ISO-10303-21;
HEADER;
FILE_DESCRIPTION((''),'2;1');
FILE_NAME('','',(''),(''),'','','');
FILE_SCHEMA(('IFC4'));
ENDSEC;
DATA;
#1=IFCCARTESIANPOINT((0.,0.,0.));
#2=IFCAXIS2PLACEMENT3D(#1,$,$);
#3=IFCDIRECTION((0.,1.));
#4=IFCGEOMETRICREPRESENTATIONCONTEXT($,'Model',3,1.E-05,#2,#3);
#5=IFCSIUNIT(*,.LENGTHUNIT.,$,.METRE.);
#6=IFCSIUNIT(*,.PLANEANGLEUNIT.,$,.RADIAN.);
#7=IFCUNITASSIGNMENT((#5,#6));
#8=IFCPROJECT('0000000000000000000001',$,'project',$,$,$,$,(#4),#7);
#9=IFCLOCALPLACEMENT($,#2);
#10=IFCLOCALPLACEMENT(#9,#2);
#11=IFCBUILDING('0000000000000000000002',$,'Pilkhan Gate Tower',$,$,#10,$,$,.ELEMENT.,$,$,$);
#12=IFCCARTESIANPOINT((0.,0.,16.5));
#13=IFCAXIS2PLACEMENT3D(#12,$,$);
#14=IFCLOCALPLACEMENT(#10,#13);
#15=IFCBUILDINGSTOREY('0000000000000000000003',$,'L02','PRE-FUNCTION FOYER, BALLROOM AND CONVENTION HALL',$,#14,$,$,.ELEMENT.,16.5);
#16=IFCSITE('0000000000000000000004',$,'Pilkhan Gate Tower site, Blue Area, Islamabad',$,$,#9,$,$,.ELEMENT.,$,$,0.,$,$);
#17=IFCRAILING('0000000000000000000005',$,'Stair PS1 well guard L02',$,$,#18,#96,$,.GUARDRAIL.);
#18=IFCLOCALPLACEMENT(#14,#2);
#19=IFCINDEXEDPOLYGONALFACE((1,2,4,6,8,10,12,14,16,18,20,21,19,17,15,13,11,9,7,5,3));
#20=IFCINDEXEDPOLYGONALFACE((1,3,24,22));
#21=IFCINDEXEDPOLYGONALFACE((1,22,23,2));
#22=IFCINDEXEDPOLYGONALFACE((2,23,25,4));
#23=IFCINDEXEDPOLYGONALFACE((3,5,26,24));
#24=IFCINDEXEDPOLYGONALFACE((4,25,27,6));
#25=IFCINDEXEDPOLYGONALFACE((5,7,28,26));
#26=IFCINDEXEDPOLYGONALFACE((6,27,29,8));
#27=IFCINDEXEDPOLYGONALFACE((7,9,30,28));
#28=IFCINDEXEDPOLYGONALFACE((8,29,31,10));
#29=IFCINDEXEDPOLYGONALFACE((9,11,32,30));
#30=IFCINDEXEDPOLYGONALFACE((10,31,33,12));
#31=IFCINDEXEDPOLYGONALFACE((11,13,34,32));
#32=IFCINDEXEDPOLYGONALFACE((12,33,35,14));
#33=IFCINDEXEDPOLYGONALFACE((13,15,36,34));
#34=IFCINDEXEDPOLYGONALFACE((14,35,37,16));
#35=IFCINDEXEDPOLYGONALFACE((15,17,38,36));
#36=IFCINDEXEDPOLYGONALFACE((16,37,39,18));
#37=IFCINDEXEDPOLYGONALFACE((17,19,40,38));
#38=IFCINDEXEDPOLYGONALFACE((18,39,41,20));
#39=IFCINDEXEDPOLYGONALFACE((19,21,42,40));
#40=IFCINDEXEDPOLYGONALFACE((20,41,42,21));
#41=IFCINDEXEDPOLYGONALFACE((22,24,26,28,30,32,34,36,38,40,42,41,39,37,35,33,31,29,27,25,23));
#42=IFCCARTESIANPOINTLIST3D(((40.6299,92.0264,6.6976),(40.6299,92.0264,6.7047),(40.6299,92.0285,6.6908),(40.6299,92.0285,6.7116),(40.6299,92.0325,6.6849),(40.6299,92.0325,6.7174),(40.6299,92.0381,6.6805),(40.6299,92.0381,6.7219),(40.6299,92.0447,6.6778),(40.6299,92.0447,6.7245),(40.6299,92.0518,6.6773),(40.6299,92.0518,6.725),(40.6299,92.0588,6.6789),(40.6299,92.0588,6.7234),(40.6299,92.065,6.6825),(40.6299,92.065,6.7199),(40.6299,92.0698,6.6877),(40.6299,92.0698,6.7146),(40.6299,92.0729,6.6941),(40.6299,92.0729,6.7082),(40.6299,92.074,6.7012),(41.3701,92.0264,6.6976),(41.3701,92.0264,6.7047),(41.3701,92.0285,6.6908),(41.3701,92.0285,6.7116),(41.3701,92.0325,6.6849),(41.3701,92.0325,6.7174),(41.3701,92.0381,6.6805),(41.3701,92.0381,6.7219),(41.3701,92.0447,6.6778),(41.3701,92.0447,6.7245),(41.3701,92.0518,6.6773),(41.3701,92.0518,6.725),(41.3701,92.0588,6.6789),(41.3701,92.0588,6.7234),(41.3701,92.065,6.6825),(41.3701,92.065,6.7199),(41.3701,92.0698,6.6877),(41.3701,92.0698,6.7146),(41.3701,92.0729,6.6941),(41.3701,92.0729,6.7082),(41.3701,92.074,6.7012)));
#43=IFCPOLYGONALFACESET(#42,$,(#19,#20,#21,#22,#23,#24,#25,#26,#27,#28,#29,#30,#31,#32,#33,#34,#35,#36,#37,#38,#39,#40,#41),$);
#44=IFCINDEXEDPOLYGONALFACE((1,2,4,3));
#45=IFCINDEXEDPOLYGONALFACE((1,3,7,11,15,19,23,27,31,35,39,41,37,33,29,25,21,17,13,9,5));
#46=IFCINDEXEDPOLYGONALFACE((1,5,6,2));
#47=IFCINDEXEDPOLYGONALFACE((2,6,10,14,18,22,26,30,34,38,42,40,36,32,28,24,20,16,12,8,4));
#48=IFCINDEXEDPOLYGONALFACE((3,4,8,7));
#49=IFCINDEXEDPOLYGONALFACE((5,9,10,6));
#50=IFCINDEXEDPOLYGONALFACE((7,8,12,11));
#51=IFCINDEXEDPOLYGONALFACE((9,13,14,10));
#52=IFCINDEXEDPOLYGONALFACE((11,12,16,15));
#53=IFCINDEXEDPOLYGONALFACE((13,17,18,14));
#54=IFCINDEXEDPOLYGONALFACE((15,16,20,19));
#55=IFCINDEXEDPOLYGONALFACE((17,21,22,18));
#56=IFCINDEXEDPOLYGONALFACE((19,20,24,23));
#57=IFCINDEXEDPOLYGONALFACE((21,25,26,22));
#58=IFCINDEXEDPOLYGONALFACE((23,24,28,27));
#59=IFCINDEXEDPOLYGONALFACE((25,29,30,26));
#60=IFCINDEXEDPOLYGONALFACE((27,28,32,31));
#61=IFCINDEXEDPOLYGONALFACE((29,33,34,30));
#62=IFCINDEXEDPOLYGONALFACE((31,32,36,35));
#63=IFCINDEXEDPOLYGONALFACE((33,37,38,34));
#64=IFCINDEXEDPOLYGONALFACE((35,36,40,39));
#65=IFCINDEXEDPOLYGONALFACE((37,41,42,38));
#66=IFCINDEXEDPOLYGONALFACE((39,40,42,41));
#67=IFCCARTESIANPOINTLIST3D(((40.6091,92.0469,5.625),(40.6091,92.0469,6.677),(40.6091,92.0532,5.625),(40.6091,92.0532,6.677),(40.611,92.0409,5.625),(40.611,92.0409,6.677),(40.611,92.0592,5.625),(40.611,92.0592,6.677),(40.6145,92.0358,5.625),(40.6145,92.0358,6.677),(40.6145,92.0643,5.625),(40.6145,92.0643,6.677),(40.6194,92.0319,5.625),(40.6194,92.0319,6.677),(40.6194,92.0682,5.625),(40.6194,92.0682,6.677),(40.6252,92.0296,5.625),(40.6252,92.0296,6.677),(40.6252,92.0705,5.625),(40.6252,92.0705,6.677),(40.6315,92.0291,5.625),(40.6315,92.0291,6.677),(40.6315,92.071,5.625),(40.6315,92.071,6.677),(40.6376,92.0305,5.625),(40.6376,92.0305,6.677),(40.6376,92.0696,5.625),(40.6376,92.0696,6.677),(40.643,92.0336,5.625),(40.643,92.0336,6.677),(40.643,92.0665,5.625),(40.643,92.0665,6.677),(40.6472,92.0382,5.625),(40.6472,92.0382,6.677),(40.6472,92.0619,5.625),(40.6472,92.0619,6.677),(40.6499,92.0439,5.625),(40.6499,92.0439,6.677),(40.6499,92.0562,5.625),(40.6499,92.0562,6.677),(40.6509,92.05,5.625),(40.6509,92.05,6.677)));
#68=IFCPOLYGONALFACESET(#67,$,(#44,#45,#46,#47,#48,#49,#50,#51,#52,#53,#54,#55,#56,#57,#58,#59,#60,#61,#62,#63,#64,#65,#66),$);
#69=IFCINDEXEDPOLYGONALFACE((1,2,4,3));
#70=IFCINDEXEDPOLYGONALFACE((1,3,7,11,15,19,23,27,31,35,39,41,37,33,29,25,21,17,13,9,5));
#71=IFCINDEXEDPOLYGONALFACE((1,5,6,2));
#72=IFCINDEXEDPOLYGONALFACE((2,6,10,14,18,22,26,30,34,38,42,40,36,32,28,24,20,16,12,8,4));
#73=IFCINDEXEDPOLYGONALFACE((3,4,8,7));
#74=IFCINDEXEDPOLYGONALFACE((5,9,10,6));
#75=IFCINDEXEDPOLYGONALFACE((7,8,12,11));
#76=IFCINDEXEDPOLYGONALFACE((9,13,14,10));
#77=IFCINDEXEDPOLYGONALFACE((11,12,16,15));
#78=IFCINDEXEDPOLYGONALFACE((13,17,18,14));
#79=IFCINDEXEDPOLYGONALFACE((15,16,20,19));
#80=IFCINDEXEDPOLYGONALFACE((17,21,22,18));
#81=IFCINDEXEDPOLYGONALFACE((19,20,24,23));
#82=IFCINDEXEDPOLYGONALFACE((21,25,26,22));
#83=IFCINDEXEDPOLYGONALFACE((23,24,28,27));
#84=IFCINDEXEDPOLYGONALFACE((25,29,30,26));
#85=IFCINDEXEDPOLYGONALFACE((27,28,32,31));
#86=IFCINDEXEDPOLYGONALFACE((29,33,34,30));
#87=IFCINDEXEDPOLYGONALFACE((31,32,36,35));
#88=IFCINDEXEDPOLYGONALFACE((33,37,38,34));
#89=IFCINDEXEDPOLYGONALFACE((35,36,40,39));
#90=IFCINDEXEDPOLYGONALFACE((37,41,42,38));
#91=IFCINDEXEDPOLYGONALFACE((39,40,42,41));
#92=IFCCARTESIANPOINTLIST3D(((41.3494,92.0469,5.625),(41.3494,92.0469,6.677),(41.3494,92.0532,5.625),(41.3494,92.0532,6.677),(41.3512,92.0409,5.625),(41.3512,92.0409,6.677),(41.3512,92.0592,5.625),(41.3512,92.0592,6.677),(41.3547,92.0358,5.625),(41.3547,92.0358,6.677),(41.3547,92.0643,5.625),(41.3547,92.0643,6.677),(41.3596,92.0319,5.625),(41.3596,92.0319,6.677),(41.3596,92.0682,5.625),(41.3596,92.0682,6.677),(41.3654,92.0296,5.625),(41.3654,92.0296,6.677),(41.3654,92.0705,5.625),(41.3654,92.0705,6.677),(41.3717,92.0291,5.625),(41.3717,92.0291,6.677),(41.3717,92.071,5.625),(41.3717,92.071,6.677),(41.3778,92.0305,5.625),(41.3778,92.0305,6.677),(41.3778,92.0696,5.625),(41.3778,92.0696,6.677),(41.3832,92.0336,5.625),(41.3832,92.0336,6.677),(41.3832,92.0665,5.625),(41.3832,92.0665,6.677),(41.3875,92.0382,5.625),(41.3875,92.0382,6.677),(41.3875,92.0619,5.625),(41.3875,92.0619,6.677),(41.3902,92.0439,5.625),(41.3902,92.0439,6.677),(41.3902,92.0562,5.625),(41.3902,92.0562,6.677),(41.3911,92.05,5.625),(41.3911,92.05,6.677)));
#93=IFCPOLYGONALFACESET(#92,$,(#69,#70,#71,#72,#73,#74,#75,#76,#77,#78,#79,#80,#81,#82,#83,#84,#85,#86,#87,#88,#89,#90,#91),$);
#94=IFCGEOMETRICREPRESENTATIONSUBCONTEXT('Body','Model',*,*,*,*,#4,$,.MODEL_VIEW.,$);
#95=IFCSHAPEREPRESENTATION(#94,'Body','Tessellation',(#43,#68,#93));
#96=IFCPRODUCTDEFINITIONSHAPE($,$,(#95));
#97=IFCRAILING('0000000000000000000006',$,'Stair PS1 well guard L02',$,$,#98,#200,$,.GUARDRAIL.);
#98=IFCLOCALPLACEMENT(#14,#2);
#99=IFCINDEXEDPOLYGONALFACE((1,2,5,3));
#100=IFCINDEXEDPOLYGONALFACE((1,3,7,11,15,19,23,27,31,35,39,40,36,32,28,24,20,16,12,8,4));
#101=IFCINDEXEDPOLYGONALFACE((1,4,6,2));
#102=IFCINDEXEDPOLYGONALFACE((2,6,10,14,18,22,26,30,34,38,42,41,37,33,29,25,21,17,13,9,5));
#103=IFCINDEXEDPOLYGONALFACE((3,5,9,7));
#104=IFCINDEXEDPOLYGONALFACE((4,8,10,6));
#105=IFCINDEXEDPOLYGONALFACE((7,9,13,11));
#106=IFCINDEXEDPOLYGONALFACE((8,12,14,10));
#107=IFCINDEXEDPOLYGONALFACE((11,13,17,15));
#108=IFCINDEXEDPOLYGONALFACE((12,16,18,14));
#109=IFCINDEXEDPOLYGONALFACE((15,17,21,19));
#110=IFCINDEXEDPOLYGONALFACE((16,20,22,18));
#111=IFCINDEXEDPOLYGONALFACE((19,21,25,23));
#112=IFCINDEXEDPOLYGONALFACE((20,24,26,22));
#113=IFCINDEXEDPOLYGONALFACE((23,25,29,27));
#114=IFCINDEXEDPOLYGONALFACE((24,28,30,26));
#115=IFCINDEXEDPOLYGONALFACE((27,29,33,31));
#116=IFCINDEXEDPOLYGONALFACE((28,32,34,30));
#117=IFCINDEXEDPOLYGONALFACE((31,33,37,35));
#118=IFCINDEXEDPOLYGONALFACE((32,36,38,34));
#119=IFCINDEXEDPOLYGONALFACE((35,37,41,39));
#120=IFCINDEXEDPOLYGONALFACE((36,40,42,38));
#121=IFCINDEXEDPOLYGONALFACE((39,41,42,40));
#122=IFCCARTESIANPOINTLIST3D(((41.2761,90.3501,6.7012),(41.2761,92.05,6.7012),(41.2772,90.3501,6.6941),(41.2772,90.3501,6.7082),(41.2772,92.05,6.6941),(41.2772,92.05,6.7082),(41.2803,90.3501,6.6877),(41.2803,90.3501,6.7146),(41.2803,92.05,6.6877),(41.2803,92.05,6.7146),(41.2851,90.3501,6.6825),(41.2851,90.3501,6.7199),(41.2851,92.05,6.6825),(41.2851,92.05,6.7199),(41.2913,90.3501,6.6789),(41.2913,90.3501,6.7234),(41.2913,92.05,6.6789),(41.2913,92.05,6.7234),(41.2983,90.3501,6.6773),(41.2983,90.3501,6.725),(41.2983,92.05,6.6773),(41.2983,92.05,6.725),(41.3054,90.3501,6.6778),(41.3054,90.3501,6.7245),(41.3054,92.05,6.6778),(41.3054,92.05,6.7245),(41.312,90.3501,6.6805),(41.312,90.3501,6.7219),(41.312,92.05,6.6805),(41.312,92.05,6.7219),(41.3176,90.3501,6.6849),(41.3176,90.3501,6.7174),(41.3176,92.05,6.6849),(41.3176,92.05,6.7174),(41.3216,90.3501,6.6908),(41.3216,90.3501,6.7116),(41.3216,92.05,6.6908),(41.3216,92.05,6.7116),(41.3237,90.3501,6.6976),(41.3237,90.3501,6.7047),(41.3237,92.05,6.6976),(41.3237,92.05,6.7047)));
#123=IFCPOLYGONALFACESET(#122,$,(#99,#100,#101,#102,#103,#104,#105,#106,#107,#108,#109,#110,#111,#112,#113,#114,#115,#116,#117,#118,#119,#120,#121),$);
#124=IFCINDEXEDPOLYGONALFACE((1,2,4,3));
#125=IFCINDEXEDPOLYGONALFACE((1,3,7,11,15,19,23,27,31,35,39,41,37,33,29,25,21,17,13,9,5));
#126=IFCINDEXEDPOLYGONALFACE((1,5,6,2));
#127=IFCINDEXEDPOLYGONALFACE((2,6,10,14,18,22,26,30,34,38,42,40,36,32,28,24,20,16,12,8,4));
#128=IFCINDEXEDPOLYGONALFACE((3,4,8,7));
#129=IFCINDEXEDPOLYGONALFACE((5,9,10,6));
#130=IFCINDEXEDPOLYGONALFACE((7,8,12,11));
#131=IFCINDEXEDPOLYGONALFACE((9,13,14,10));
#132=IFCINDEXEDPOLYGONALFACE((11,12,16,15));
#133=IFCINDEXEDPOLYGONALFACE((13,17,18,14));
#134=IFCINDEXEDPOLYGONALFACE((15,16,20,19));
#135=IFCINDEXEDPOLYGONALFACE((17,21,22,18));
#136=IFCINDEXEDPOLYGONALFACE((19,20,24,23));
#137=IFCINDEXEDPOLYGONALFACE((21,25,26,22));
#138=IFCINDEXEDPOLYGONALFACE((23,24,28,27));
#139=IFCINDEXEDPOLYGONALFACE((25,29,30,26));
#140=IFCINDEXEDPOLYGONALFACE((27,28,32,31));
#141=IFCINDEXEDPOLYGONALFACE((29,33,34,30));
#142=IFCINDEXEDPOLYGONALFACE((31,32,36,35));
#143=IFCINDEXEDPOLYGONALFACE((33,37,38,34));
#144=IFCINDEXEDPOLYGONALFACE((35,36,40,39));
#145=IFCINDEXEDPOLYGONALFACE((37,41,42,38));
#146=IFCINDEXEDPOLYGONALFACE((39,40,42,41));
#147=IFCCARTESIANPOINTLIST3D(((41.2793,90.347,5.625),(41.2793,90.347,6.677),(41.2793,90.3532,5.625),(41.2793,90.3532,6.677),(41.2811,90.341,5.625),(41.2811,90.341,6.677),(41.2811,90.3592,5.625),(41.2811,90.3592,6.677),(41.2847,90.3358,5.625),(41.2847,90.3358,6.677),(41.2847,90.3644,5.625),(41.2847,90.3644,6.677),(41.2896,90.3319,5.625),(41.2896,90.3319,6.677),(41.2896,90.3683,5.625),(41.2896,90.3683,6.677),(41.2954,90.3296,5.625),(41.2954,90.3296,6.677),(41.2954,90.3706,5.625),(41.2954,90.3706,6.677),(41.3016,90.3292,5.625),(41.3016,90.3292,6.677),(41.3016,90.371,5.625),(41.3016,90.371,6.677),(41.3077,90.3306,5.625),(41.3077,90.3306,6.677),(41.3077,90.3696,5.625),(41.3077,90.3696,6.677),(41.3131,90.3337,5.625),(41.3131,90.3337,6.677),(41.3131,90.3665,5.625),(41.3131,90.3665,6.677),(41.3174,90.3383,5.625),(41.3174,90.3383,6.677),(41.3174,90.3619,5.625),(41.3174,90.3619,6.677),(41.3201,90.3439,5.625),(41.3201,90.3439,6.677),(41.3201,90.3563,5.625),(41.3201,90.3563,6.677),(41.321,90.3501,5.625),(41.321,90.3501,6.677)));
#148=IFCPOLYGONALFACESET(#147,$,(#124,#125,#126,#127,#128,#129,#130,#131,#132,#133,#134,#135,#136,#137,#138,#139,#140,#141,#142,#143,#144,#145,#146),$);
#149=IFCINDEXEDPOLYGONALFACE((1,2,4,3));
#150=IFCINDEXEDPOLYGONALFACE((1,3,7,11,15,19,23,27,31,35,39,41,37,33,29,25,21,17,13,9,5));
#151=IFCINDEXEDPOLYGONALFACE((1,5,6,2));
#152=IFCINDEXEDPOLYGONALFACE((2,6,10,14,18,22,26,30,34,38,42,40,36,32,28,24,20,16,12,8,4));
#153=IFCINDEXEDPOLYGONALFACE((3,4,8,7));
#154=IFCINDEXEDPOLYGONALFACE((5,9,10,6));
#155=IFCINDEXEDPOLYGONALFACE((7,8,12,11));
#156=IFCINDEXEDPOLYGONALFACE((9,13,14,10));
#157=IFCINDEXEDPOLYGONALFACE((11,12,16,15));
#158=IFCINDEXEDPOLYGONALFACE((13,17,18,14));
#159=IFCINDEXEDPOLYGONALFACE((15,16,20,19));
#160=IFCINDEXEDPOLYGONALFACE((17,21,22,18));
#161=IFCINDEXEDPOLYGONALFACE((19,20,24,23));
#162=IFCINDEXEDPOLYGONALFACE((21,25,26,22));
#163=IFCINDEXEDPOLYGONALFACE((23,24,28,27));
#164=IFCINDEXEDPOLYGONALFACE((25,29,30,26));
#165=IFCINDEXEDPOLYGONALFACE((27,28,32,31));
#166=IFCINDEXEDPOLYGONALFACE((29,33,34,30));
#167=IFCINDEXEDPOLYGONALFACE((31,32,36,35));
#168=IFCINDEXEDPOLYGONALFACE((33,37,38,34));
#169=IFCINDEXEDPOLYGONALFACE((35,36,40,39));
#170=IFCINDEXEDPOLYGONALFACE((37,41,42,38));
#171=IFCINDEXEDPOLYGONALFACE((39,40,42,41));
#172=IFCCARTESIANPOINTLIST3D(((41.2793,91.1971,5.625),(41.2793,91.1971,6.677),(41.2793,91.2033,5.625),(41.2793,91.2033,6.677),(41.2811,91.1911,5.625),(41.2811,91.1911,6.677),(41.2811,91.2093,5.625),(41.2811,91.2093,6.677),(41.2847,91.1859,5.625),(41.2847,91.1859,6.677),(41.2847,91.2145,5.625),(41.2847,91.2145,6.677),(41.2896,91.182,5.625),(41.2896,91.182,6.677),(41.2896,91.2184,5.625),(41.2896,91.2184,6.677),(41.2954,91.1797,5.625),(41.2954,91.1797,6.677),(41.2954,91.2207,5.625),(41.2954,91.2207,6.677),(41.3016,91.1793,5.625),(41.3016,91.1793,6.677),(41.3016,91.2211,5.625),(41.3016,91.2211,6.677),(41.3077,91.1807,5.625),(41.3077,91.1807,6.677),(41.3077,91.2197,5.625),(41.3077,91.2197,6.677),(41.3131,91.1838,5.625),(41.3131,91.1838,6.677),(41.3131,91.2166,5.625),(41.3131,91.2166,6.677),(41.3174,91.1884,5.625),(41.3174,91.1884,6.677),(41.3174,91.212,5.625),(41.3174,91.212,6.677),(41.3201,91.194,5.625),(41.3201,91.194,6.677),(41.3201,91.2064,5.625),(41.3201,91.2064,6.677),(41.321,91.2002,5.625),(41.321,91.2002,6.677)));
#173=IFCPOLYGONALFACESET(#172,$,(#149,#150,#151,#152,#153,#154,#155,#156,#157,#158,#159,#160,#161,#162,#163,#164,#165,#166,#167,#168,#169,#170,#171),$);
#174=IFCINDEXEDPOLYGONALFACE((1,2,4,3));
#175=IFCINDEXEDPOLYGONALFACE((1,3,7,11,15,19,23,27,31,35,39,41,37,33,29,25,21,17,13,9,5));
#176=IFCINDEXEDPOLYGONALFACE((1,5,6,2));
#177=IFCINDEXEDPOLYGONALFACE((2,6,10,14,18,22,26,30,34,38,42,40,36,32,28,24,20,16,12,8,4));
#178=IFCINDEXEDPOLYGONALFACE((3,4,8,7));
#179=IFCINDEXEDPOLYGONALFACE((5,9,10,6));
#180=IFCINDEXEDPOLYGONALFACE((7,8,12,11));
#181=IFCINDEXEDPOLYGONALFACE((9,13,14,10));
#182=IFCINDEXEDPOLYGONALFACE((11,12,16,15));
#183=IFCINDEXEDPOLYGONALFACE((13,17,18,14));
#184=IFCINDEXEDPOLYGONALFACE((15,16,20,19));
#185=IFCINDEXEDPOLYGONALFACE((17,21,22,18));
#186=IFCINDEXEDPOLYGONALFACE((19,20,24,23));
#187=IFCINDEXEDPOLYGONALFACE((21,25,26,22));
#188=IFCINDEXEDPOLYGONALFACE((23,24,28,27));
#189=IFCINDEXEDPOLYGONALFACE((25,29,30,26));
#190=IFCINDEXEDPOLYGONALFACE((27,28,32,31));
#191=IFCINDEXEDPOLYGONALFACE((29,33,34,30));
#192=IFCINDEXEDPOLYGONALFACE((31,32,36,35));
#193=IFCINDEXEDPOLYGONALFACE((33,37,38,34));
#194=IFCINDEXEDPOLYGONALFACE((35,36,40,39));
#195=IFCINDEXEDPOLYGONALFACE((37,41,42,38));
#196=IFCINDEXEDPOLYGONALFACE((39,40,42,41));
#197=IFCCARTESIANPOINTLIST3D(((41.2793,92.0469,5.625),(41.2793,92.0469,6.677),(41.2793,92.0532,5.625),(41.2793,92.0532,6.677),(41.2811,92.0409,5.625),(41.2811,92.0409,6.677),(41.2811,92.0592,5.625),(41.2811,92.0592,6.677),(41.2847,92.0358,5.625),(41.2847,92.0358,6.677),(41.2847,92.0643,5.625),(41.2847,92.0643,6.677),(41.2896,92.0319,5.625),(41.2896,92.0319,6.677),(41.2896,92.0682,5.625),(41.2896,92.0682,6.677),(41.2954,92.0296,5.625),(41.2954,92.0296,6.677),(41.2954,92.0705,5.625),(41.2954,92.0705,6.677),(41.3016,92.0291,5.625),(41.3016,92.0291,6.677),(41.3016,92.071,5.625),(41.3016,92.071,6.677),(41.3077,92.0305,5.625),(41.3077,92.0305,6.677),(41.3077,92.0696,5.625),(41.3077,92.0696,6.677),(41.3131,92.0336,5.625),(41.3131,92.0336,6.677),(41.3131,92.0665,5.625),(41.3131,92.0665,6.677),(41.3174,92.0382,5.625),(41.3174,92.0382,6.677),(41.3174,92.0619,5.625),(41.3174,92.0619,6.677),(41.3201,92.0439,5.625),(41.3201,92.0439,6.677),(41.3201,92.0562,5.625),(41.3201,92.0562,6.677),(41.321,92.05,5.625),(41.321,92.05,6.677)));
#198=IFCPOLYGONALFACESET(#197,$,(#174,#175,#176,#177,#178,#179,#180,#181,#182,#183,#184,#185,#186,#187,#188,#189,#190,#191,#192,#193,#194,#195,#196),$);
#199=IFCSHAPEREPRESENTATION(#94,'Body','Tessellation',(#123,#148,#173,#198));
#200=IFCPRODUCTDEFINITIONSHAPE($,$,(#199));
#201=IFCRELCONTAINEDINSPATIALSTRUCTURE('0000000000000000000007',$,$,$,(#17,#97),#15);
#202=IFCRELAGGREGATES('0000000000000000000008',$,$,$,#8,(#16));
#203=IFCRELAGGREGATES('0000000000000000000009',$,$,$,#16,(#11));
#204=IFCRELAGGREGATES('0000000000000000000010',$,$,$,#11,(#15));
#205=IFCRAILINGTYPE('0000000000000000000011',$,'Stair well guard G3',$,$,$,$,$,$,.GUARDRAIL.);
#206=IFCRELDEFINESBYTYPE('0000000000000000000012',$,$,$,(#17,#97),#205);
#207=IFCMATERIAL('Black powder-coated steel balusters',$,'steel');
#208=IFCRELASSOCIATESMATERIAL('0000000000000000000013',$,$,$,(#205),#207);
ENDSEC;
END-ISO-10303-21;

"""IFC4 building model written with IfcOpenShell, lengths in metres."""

from ifc_helpers import new_model, si_unit, direction, frame, origin, origin_2d, place, context, subcontext, project, spatial, circle, extrude, material, type_object, element, save


model = new_model("IFC4")

# Units and contexts
model_context = context("Model", 3, precision=1e-05, world=origin(), true_north=direction((0.0, 1.0)))
body_context = subcontext(model_context, "Body", "Model", "MODEL_VIEW")
ifc_project = project(units=[si_unit("LENGTHUNIT", "METRE"), si_unit("PLANEANGLEUNIT", "RADIAN")], contexts=[model_context])

# Site, building, storey
site_placement = place(None, origin())
site = spatial("IfcSite", under=ifc_project, at=site_placement, Name="Pilkhan Gate Tower site, Blue Area, Islamabad", CompositionType="ELEMENT", RefElevation=0.0)
building_placement = place(site_placement, origin())
building = spatial("IfcBuilding", under=site, at=building_placement, Name="Pilkhan Gate Tower", CompositionType="ELEMENT")
storey_placement = place(building_placement, frame((0.0, 0.0, 16.5)))
storey = spatial("IfcBuildingStorey", under=building, at=storey_placement, Name="L02", Description="PRE-FUNCTION FOYER, BALLROOM AND CONVENTION HALL", CompositionType="ELEMENT", Elevation=16.5)

# Railings
ifc_material_1 = material(Name="Black powder-coated steel balusters", Category="steel")
railing_type_1 = type_object("IfcRailingType", Name="Stair well guard G3", PredefinedType="GUARDRAIL", material=ifc_material_1)
railing_1_placement = place(storey_placement, frame((40.6299, 92.05, 5.625)))
element("IfcRailing", 1, at=railing_1_placement, inside=storey, type_object=railing_type_1, Name="Stair PS1 well guard L02", PredefinedType="GUARDRAIL", context=body_context, shape_type="SweptSolid", body=[
    extrude(circle(Radius=0.0239, at=origin_2d()), frame((0.0, 0.0, 1.0762), z_axis=(1.0, 0.0, 0.0), x_axis=(0.0, 1.0, 0.0)), (0.0, 0.0, 1.0), 0.7402),
    extrude(circle(Radius=0.021, at=origin_2d()), origin(), (0.0, 0.0, 1.0), 1.052),
    extrude(circle(Radius=0.021, at=origin_2d()), frame((0.7402, 0.0, 0.0)), (0.0, 0.0, 1.0), 1.052),
])
railing_2_placement = place(storey_placement, frame((41.3, 90.3501, 5.625)))
element("IfcRailing", 2, at=railing_2_placement, inside=storey, type_object=railing_type_1, Name="Stair PS1 well guard L02", PredefinedType="GUARDRAIL", context=body_context, shape_type="SweptSolid", body=[
    extrude(circle(Radius=0.0239, at=origin_2d()), frame((0.0, 0.0, 1.0762), z_axis=(0.0, 1.0, 0.0), x_axis=(-1.0, 0.0, 0.0)), (0.0, 0.0, 1.0), 1.7),
    extrude(circle(Radius=0.021, at=origin_2d()), origin(), (0.0, 0.0, 1.0), 1.052),
    extrude(circle(Radius=0.021, at=origin_2d()), frame((0.0, 0.8501, 0.0)), (0.0, 0.0, 1.0), 1.052),
    extrude(circle(Radius=0.021, at=origin_2d()), frame((0.0, 1.7, 0.0)), (0.0, 0.0, 1.0), 1.052),
])

save(model, "model.ifc")
